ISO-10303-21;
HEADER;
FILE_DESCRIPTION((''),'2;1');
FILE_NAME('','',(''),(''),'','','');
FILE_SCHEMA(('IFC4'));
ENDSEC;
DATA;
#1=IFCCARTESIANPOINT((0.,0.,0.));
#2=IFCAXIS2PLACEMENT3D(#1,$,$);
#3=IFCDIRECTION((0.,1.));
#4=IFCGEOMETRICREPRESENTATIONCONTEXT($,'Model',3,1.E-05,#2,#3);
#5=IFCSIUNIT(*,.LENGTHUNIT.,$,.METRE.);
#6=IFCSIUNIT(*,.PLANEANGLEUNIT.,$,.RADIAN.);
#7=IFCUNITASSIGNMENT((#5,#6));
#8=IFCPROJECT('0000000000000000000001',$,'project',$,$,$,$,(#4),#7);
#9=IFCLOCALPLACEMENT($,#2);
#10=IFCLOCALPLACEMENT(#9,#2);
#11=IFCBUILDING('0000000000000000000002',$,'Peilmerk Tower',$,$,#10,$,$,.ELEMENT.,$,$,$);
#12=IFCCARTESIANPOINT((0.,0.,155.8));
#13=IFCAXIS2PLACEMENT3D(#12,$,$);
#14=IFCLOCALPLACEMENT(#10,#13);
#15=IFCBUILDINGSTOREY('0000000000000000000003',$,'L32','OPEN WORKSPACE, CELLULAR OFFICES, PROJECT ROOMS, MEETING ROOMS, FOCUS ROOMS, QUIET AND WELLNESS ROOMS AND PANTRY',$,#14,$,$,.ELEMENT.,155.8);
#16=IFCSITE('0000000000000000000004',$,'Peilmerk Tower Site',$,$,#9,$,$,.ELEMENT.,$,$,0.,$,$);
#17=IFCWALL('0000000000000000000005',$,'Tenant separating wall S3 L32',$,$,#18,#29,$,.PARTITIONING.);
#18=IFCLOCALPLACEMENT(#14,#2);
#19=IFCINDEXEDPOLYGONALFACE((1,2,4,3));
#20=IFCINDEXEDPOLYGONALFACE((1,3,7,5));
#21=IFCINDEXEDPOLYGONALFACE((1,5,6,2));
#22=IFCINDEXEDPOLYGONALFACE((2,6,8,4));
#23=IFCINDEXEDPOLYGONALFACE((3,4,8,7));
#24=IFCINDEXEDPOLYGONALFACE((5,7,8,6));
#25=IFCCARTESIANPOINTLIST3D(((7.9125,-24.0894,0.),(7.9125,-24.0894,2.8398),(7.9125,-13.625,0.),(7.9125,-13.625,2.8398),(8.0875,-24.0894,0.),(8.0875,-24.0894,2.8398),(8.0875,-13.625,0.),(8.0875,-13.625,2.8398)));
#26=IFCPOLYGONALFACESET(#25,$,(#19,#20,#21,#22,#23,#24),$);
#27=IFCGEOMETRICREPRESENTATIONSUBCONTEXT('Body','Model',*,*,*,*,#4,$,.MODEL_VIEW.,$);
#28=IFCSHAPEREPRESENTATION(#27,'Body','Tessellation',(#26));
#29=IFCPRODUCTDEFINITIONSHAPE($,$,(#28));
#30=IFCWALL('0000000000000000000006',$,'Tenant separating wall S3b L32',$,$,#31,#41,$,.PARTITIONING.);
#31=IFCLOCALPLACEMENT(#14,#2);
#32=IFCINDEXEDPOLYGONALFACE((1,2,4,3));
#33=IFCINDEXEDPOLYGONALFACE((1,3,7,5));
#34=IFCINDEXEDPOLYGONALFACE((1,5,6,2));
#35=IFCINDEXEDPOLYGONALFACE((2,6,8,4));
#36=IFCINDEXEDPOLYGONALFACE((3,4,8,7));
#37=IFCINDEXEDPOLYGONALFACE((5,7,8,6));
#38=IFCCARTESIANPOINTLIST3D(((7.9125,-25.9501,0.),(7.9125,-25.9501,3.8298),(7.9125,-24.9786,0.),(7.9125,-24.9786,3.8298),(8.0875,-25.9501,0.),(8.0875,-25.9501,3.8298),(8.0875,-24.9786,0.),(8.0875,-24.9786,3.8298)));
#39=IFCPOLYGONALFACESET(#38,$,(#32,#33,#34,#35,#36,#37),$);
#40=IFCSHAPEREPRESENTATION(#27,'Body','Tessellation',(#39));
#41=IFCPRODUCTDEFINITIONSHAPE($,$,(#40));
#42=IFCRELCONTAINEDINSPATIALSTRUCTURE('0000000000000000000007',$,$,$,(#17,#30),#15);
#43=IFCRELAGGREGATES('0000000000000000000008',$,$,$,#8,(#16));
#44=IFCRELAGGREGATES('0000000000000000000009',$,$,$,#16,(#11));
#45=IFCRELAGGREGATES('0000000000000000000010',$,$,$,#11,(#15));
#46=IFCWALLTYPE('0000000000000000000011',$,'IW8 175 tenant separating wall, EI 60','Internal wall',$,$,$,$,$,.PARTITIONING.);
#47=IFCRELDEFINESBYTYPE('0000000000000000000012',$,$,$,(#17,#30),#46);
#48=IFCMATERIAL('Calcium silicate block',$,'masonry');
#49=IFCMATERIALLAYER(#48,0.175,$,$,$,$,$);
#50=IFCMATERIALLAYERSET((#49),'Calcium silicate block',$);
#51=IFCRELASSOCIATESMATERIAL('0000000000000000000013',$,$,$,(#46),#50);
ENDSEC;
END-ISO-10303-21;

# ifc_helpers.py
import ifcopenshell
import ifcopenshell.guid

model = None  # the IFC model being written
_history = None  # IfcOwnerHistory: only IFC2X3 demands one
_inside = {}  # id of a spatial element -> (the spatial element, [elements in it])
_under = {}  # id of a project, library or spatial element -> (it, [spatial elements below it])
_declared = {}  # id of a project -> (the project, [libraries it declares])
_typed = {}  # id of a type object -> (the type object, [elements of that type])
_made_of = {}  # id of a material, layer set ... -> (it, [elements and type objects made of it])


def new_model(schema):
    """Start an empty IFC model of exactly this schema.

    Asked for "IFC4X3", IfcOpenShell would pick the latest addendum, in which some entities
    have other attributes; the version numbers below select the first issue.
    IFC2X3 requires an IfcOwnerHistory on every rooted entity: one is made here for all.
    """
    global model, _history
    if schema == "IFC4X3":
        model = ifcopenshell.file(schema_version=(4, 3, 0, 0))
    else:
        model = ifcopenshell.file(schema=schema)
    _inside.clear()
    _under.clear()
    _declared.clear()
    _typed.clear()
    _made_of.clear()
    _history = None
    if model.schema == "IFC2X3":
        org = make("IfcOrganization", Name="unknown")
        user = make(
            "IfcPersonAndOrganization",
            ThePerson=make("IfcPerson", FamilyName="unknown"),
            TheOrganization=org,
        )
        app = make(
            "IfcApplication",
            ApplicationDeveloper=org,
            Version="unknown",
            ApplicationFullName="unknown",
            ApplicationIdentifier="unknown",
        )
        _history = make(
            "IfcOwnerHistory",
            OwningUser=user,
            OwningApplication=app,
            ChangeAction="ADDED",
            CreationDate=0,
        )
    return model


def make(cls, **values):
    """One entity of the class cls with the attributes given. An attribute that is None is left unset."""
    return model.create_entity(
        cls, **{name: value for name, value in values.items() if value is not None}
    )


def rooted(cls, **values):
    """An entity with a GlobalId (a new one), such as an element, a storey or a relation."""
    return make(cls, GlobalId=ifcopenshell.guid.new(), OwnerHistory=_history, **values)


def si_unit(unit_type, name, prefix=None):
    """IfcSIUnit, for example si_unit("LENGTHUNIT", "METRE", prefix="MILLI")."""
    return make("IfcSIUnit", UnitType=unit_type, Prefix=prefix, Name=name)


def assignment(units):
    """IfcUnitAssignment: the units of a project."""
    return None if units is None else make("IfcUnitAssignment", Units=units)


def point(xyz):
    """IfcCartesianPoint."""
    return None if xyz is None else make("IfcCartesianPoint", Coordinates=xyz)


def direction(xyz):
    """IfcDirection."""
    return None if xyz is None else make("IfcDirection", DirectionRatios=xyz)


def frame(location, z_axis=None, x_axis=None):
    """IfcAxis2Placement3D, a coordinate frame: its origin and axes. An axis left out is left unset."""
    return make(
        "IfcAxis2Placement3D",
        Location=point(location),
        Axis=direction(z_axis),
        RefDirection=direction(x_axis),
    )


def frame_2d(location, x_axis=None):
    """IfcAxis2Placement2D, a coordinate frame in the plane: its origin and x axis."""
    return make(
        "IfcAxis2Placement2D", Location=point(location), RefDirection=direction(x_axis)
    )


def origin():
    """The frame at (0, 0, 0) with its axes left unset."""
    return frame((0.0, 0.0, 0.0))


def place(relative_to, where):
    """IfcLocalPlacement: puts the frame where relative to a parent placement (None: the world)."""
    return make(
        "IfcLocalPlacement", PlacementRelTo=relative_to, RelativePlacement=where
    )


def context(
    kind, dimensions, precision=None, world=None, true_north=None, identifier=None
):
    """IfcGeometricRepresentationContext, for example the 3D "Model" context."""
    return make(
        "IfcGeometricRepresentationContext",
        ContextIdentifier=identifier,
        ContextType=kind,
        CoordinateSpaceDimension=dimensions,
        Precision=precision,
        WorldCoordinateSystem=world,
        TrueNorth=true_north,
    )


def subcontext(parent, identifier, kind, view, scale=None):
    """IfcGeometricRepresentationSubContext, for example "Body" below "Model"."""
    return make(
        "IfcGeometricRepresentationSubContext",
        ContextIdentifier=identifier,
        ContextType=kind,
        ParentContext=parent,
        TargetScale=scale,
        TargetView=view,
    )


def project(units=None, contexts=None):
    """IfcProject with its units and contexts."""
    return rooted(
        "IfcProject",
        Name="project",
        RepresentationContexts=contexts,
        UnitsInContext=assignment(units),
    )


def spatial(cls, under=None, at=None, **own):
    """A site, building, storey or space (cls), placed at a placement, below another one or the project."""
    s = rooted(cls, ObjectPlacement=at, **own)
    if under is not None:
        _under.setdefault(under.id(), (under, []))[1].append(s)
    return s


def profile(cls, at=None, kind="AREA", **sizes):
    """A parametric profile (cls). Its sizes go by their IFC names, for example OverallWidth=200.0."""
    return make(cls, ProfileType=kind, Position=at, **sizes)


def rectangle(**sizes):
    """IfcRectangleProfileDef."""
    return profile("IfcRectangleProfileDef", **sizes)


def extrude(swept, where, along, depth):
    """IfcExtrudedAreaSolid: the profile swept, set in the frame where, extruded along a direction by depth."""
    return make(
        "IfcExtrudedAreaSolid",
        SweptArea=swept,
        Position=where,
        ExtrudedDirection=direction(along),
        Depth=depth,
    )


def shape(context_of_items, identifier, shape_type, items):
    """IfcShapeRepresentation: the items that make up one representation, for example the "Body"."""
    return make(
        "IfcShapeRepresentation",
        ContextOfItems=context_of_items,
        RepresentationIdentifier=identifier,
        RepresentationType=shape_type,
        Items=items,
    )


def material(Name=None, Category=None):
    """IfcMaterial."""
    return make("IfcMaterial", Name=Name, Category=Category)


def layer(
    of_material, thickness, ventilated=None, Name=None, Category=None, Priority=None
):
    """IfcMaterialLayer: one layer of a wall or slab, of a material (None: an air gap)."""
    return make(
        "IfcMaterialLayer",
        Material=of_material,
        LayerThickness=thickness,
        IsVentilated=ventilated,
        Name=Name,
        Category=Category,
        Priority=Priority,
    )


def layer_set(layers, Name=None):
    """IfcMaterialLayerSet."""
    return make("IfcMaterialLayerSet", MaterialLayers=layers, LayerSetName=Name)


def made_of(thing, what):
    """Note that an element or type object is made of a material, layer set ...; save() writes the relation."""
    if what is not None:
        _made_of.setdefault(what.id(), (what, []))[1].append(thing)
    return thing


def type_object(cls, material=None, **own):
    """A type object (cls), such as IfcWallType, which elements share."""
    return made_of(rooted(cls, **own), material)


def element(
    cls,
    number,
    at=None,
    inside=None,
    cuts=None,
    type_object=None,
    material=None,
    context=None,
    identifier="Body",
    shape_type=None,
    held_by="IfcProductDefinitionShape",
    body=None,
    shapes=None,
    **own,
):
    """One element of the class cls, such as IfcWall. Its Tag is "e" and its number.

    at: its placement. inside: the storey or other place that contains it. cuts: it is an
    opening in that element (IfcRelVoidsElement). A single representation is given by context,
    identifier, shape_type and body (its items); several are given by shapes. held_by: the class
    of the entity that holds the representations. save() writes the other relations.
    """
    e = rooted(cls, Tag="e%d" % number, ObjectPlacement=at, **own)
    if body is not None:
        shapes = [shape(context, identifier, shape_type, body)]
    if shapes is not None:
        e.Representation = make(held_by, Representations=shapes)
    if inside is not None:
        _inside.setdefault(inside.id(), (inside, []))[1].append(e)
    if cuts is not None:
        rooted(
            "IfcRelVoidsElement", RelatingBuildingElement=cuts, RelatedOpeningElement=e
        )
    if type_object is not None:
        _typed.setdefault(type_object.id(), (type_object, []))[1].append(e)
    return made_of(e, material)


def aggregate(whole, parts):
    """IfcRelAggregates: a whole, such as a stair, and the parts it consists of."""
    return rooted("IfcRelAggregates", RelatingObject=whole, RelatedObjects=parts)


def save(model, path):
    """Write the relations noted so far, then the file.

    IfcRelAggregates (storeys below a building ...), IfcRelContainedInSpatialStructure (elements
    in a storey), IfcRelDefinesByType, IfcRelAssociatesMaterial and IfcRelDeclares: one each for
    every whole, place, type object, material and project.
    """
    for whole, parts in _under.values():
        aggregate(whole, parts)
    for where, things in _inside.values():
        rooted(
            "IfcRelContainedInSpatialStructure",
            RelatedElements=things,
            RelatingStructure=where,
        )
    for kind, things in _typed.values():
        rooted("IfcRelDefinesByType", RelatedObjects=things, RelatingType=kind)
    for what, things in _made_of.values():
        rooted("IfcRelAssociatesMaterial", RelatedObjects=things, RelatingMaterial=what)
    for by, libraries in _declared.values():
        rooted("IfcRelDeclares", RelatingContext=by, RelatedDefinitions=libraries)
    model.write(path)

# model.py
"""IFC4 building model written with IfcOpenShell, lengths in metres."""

from ifc_helpers import new_model, si_unit, direction, frame, frame_2d, origin, place, context, subcontext, project, spatial, rectangle, extrude, material, layer, layer_set, type_object, element, save


model = new_model("IFC4")

# Units and contexts
model_context = context("Model", 3, precision=1e-05, world=origin(), true_north=direction((0.0, 1.0)))
body_context = subcontext(model_context, "Body", "Model", "MODEL_VIEW")
ifc_project = project(units=[si_unit("LENGTHUNIT", "METRE"), si_unit("PLANEANGLEUNIT", "RADIAN")], contexts=[model_context])

# Site, building, storey
site_placement = place(None, origin())
site = spatial("IfcSite", under=ifc_project, at=site_placement, Name="Peilmerk Tower Site", CompositionType="ELEMENT", RefElevation=0.0)
building_placement = place(site_placement, origin())
building = spatial("IfcBuilding", under=site, at=building_placement, Name="Peilmerk Tower", CompositionType="ELEMENT")
storey_placement = place(building_placement, frame((0.0, 0.0, 155.8)))
storey = spatial("IfcBuildingStorey", under=building, at=storey_placement, Name="L32", Description="OPEN WORKSPACE, CELLULAR OFFICES, PROJECT ROOMS, MEETING ROOMS, FOCUS ROOMS, QUIET AND WELLNESS ROOMS AND PANTRY", CompositionType="ELEMENT", Elevation=155.8)

# Shared definitions
ifc_material_1 = material(Name="Calcium silicate block", Category="masonry")

# Walls
ifc_layer_1 = layer(ifc_material_1, 0.175)
ifc_layer_set_1 = layer_set([ifc_layer_1], Name="Calcium silicate block")
wall_type_1 = type_object("IfcWallType", Name="IW8 175 tenant separating wall, EI 60", Description="Internal wall", PredefinedType="PARTITIONING", material=ifc_layer_set_1)
wall_1_placement = place(storey_placement, frame((8.0, -13.625, 0.0), z_axis=(0.0, 0.0, 1.0), x_axis=(0.0, -1.0, 0.0)))
element("IfcWall", 1, at=wall_1_placement, inside=storey, type_object=wall_type_1, Name="Tenant separating wall S3 L32", PredefinedType="PARTITIONING", context=body_context, shape_type="SweptSolid", body=[
    extrude(rectangle(XDim=10.4644, YDim=0.175, at=frame_2d((5.2322, 0.0))), origin(), (0.0, 0.0, 1.0), 2.8398),
])
wall_2_placement = place(storey_placement, frame((8.0, -24.9785, 0.0), z_axis=(0.0, 0.0, 1.0), x_axis=(0.0, -1.0, 0.0)))
element("IfcWall", 2, at=wall_2_placement, inside=storey, type_object=wall_type_1, Name="Tenant separating wall S3b L32", PredefinedType="PARTITIONING", context=body_context, shape_type="SweptSolid", body=[
    extrude(rectangle(XDim=0.9714, YDim=0.175, at=frame_2d((0.4858, 0.0))), origin(), (0.0, 0.0, 1.0), 3.8298),
])

save(model, "model.ifc")
